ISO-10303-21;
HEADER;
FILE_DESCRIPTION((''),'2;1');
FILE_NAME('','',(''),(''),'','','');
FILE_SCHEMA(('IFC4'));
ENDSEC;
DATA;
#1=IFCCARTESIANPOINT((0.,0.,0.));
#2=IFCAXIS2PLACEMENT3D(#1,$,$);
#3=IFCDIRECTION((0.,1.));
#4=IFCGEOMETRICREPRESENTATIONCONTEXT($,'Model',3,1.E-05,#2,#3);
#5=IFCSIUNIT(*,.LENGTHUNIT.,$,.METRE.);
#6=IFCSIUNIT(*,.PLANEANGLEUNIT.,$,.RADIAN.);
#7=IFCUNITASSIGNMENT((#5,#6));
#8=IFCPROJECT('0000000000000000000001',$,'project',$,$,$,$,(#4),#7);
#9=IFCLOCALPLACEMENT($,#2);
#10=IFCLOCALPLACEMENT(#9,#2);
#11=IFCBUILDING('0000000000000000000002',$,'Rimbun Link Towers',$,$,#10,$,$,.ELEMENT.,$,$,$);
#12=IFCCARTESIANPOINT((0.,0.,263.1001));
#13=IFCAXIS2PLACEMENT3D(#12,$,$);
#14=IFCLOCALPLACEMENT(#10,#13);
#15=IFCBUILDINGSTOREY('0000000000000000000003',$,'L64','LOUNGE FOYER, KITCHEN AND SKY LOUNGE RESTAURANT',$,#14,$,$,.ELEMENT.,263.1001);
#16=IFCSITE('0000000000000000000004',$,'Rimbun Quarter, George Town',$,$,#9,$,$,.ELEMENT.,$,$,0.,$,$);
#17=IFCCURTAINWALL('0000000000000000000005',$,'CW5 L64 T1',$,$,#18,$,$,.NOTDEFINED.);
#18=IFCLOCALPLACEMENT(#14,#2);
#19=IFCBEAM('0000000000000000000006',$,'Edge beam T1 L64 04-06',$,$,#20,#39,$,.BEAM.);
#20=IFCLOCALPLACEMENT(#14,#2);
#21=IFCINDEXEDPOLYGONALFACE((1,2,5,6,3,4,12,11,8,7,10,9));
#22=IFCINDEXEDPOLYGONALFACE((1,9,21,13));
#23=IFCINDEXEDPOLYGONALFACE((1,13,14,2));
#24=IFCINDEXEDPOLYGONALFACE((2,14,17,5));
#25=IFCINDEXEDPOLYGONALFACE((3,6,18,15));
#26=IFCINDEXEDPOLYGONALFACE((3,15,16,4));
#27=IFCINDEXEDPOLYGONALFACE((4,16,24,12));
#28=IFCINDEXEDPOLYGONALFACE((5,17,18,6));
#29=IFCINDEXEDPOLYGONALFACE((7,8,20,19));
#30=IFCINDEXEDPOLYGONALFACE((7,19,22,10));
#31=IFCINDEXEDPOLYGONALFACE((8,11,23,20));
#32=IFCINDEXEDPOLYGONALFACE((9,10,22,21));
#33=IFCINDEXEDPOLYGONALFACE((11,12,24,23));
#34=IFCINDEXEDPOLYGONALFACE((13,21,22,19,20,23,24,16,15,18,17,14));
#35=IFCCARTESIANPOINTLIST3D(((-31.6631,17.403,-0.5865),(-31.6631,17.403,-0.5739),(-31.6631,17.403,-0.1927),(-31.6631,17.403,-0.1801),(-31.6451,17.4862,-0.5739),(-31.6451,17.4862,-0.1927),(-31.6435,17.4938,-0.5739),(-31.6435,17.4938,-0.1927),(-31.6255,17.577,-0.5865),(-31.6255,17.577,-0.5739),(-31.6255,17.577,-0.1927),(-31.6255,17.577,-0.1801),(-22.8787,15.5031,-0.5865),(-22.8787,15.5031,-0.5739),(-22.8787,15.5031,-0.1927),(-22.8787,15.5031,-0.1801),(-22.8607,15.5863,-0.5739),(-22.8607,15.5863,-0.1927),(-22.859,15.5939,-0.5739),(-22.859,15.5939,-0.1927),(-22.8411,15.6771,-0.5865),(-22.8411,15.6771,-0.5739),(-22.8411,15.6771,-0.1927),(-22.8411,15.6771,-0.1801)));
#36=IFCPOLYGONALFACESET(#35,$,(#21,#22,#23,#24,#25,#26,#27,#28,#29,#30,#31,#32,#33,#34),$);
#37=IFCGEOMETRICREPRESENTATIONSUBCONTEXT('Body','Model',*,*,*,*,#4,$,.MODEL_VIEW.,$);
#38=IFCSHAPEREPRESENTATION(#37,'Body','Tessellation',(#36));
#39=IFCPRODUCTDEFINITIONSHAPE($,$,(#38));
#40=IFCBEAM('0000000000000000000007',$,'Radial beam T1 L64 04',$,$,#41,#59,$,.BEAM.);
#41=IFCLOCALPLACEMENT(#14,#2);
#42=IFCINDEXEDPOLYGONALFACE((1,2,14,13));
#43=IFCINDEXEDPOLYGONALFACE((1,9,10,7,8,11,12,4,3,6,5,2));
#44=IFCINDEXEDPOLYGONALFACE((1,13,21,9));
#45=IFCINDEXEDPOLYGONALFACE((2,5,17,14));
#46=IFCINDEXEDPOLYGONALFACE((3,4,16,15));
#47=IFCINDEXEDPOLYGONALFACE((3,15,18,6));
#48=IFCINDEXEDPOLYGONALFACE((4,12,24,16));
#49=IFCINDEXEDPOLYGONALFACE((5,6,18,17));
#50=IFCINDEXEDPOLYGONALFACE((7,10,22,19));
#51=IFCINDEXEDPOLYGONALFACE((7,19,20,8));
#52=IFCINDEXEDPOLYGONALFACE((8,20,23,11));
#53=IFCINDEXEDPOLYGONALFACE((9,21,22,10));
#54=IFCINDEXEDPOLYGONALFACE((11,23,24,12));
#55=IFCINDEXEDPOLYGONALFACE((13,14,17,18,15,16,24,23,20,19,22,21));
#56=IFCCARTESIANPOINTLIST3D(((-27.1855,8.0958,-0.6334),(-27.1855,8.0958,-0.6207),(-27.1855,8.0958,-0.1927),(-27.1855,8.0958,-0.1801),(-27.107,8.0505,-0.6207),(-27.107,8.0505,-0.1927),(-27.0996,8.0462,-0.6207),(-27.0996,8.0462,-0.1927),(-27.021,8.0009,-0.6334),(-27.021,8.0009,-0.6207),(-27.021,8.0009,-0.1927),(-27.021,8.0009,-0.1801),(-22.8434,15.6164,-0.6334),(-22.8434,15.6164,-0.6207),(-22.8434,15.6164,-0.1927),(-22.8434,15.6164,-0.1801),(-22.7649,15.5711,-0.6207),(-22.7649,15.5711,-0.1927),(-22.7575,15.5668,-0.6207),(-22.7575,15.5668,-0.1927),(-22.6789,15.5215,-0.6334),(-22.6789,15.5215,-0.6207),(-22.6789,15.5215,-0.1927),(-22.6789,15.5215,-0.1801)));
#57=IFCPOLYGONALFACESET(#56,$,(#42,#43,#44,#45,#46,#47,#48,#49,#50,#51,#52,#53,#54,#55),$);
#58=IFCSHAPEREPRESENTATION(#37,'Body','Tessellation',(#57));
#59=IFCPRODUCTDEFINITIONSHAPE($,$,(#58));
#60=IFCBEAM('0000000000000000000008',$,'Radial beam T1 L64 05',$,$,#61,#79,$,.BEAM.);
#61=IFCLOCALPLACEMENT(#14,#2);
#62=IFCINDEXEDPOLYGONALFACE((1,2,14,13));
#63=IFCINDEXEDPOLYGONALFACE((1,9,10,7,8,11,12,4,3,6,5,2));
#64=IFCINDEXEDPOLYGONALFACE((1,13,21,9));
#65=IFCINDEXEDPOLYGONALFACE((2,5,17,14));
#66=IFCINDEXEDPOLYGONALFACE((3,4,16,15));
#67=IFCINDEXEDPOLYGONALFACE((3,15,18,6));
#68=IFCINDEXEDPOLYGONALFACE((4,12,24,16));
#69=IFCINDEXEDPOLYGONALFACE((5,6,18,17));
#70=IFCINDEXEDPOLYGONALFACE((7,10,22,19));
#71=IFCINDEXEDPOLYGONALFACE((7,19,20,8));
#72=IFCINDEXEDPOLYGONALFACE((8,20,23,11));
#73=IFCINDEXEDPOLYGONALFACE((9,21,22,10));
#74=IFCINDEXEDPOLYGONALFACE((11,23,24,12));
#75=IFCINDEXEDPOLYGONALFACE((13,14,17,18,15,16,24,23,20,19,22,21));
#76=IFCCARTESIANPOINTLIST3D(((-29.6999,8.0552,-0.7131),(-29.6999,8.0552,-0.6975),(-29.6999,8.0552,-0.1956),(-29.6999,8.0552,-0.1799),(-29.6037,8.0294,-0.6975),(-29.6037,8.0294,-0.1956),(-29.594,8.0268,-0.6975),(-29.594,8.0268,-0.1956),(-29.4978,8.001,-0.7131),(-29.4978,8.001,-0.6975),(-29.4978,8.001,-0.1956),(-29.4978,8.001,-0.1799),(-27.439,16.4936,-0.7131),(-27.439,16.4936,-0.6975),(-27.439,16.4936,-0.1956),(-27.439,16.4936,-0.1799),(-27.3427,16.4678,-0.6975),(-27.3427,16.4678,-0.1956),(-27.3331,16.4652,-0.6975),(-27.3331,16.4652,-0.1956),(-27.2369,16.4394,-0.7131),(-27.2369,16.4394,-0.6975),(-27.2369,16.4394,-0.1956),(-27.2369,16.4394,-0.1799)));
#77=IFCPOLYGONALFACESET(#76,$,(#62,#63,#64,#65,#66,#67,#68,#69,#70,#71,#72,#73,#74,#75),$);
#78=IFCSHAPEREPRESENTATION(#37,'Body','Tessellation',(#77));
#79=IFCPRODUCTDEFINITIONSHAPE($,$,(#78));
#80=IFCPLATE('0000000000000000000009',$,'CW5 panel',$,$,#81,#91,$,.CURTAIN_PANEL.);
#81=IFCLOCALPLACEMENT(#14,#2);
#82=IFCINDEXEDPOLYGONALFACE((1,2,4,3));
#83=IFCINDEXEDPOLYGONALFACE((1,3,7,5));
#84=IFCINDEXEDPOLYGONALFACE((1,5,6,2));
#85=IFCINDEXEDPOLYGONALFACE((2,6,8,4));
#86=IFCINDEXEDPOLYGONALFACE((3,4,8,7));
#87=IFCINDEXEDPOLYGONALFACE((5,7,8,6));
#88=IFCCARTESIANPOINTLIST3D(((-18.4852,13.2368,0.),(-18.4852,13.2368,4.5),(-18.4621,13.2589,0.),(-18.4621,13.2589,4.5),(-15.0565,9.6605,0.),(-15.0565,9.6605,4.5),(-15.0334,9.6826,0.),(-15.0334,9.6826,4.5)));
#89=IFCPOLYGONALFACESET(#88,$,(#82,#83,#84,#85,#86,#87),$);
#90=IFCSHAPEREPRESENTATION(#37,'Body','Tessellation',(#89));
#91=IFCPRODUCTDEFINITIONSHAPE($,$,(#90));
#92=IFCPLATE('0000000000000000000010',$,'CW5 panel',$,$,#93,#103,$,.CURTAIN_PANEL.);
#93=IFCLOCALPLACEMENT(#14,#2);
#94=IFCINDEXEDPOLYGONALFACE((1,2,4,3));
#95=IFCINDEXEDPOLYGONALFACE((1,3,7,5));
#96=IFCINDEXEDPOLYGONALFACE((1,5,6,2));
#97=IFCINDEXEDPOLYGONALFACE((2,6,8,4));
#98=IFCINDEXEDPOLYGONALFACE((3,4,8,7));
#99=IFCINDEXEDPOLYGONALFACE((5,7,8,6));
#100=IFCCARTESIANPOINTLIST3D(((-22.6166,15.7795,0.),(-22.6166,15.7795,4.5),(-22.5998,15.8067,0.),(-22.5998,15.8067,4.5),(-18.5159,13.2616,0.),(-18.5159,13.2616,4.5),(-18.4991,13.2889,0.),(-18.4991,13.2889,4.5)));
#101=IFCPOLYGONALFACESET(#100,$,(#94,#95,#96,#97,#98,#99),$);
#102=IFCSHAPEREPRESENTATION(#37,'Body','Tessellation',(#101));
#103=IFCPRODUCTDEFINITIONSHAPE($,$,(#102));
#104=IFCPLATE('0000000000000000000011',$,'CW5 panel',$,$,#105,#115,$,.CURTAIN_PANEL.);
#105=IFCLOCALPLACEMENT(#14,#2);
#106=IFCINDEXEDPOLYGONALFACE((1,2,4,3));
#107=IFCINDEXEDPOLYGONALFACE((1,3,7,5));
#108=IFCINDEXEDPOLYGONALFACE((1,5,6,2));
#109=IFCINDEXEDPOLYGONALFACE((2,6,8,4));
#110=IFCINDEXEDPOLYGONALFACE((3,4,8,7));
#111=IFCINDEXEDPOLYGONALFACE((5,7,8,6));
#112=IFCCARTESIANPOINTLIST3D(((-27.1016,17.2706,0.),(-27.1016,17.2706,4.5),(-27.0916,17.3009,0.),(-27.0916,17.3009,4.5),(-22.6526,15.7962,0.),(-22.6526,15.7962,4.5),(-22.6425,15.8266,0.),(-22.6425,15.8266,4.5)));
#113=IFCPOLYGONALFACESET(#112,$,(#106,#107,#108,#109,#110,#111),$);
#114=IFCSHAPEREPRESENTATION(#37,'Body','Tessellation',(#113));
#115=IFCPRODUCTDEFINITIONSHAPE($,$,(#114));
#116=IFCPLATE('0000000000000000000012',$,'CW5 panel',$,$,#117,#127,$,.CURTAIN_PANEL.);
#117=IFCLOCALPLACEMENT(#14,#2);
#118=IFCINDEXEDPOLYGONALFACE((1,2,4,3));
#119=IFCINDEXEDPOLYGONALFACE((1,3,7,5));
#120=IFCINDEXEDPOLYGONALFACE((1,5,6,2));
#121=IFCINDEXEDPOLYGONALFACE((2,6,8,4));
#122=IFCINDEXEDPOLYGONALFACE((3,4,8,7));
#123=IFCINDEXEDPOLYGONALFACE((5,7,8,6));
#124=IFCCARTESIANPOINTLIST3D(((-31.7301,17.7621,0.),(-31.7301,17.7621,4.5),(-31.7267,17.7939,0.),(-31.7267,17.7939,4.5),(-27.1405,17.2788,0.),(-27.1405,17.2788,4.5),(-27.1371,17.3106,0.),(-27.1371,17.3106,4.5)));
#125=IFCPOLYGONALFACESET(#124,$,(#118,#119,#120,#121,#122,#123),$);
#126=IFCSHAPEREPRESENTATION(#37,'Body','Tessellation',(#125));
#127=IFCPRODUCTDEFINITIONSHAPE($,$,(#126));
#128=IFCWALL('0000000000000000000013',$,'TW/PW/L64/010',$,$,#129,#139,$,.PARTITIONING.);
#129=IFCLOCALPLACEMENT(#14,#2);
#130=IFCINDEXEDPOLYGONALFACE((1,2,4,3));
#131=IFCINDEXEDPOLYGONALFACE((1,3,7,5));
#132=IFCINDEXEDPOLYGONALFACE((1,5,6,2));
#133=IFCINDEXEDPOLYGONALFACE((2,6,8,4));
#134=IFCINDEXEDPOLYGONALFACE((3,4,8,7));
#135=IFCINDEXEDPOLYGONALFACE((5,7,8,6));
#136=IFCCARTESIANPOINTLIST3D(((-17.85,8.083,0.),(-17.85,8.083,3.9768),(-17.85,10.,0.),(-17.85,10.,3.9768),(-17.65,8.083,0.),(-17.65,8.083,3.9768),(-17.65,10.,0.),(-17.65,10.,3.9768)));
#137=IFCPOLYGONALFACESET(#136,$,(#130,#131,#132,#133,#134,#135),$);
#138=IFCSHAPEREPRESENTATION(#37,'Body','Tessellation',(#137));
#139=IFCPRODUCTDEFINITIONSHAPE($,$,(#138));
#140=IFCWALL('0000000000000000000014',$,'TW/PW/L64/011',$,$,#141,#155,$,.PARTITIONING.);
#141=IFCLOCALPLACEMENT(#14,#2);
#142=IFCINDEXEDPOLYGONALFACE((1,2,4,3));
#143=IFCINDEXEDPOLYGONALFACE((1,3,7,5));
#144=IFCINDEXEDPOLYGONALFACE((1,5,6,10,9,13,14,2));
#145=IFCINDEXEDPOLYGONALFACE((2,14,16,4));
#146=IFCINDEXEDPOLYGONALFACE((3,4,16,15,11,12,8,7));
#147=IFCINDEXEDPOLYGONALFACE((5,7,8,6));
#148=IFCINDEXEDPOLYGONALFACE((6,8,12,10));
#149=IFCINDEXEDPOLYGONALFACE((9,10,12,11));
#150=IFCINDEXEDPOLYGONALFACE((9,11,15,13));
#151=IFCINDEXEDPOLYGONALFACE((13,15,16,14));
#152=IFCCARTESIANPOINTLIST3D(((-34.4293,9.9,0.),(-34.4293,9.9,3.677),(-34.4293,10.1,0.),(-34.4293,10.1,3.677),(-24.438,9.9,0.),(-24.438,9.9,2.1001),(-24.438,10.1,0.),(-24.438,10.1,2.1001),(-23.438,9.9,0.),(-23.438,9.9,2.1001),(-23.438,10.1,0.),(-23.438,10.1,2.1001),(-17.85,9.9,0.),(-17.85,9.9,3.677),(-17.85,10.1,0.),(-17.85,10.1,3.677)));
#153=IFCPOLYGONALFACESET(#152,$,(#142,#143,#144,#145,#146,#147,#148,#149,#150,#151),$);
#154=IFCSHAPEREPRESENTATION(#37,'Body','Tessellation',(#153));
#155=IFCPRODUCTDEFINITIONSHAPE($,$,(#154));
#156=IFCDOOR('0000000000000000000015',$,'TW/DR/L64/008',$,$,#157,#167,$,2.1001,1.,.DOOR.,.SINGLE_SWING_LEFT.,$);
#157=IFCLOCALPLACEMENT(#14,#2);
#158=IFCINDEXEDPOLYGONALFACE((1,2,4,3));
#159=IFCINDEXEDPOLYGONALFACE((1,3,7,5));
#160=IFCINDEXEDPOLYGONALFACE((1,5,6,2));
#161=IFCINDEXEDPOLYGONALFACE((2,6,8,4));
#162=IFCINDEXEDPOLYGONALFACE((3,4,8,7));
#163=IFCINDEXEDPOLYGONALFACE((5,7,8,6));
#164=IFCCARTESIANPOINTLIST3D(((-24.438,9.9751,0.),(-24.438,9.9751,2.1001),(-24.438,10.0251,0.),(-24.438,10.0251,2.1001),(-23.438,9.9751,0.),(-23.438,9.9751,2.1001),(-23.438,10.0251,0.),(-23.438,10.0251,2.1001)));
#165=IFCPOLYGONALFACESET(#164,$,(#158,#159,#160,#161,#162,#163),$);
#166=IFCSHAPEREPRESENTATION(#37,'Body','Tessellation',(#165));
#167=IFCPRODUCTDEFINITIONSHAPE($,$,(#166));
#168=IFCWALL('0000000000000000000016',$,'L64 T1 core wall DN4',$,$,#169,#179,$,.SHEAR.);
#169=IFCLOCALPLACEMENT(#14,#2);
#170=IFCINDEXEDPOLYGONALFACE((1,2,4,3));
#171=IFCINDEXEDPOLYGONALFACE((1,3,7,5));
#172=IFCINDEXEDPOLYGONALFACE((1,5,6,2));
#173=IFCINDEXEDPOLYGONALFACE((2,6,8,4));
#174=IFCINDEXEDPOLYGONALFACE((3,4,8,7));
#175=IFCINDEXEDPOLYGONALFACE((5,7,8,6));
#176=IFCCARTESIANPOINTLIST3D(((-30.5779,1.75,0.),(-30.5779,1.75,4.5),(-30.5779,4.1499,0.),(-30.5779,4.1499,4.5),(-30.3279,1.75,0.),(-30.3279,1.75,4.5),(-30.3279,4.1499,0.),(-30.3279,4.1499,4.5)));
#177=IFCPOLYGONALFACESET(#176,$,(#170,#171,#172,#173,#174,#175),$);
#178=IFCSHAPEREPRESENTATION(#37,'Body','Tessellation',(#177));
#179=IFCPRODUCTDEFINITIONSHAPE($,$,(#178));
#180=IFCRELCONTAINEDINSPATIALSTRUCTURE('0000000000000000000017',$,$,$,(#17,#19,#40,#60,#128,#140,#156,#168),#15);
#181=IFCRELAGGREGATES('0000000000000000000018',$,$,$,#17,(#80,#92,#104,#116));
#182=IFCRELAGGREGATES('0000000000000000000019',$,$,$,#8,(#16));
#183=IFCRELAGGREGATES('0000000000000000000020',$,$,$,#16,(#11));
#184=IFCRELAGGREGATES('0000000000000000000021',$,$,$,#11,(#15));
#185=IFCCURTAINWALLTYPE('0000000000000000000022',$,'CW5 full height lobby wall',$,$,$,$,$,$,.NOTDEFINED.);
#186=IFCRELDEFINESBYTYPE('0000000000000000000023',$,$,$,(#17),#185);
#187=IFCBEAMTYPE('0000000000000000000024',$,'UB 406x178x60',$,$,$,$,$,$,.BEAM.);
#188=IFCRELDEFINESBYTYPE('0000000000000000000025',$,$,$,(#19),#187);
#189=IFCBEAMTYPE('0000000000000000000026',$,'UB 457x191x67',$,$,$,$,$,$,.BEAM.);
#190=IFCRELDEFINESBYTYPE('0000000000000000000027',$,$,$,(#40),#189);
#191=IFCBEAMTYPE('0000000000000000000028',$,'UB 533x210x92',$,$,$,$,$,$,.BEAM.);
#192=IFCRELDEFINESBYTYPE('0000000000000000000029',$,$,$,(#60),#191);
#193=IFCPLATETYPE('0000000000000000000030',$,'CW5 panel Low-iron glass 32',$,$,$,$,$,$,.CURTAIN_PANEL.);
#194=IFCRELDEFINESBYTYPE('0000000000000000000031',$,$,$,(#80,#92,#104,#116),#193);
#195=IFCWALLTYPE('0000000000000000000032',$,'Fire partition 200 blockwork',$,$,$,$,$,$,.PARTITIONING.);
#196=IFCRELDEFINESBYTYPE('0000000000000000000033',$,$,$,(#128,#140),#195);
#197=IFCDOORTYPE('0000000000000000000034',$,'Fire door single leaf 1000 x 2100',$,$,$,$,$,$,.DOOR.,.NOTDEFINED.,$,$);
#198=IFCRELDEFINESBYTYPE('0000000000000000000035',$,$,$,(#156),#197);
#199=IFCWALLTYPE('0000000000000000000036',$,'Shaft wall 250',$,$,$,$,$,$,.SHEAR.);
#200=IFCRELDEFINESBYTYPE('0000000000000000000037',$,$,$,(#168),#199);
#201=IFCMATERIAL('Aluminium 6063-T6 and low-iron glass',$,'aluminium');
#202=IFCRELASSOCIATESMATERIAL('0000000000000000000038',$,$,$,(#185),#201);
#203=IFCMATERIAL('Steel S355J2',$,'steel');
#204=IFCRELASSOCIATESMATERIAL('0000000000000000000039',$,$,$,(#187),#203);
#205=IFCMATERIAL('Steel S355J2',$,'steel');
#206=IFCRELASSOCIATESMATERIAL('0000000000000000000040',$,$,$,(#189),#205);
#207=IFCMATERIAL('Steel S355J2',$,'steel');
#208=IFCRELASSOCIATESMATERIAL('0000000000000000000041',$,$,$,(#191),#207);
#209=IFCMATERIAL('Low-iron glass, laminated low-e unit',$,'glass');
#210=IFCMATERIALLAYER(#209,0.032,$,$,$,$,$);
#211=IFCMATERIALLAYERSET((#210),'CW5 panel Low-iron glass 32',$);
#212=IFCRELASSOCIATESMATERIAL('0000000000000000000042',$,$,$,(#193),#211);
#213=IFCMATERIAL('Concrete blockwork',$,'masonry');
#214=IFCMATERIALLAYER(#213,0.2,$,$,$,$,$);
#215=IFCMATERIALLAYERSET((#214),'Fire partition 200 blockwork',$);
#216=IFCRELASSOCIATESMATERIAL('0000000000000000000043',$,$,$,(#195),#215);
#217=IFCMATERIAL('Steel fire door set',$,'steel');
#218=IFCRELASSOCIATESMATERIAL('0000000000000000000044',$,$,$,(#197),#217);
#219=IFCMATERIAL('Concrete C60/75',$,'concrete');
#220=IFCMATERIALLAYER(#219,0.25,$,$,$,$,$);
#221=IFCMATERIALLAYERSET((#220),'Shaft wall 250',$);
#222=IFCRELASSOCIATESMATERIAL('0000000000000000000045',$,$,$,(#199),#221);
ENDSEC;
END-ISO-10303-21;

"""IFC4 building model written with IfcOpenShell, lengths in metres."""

from ifc_helpers import new_model, si_unit, direction, frame, frame_2d, origin, origin_2d, place, context, subcontext, project, spatial, rectangle, i_section, extrude, material, layer, layer_set, material_profile, profile_set, type_object, element, fill, aggregate, save


model = new_model("IFC4")

# Units and contexts
model_context = context("Model", 3, precision=1e-05, world=origin(), true_north=direction((0.0, 1.0)))
body_context = subcontext(model_context, "Body", "Model", "MODEL_VIEW")
ifc_project = project(units=[si_unit("LENGTHUNIT", "METRE"), si_unit("PLANEANGLEUNIT", "RADIAN")], contexts=[model_context])

# Site, building, storey
site_placement = place(None, origin())
site = spatial("IfcSite", under=ifc_project, at=site_placement, Name="Rimbun Quarter, George Town", CompositionType="ELEMENT", RefElevation=0.0)
building_placement = place(site_placement, origin())
building = spatial("IfcBuilding", under=site, at=building_placement, Name="Rimbun Link Towers", CompositionType="ELEMENT")
storey_placement = place(building_placement, frame((0.0, 0.0, 263.1001)))
storey = spatial("IfcBuildingStorey", under=building, at=storey_placement, Name="L64", Description="LOUNGE FOYER, KITCHEN AND SKY LOUNGE RESTAURANT", CompositionType="ELEMENT", Elevation=263.1001)

# Curtain wall
ifc_material_1 = material(Name="Aluminium 6063-T6 and low-iron glass", Category="aluminium")
curtain_wall_type = type_object("IfcCurtainWallType", Name="CW5 full height lobby wall", PredefinedType="NOTDEFINED", material=ifc_material_1)
curtain_wall_placement = place(storey_placement, origin())
curtain_wall = element("IfcCurtainWall", 1, at=curtain_wall_placement, inside=storey, type_object=curtain_wall_type, Name="CW5 L64 T1", PredefinedType="NOTDEFINED")

# Beams
ifc_material_2 = material(Name="Steel S355J2", Category="steel")
ifc_material_profile_1 = material_profile(ifc_material_2, i_section(OverallWidth=0.178, OverallDepth=0.4065, WebThickness=0.0078, FlangeThickness=0.0127, at=origin_2d()), Name="UB 406x178x60")
ifc_profile_set_1 = profile_set([ifc_material_profile_1], Name="Steel S355J2")
beam_type_1 = type_object("IfcBeamType", Name="UB 406x178x60", PredefinedType="BEAM", material=ifc_profile_set_1)
beam_1_placement = place(storey_placement, frame((-22.8599, 15.5901, -0.3833), z_axis=(-0.977401, 0.211393, 0.0), x_axis=(-0.211393, -0.977401, 0.0)))
element("IfcBeam", 2, at=beam_1_placement, inside=storey, type_object=beam_type_1, Name="Edge beam T1 L64 04-06", PredefinedType="BEAM", context=body_context, shape_type="SweptSolid", body=[
    extrude(i_section(OverallWidth=0.178, OverallDepth=0.4065, WebThickness=0.0078, FlangeThickness=0.0127, at=origin_2d()), origin(), (0.0, 0.0, 1.0), 8.9875),
])
ifc_material_3 = material(Name="Steel S355J2", Category="steel")
ifc_material_profile_2 = material_profile(ifc_material_3, i_section(OverallWidth=0.1899, OverallDepth=0.4534, WebThickness=0.0085, FlangeThickness=0.0127, at=origin_2d()), Name="UB 457x191x67")
ifc_profile_set_2 = profile_set([ifc_material_profile_2], Name="Steel S355J2")
beam_type_2 = type_object("IfcBeamType", Name="UB 457x191x67", PredefinedType="BEAM", material=ifc_profile_set_2)
beam_2_placement = place(storey_placement, frame((-27.1033, 8.0483, -0.4067), z_axis=(0.500006, 0.866022, 0.0), x_axis=(-0.866022, 0.500006, 0.0)))
element("IfcBeam", 3, at=beam_2_placement, inside=storey, type_object=beam_type_2, Name="Radial beam T1 L64 04", PredefinedType="BEAM", context=body_context, shape_type="SweptSolid", body=[
    extrude(i_section(OverallWidth=0.1899, OverallDepth=0.4534, WebThickness=0.0085, FlangeThickness=0.0127, at=origin_2d()), origin(), (0.0, 0.0, 1.0), 8.6841),
])
ifc_material_4 = material(Name="Steel S355J2", Category="steel")
ifc_material_profile_3 = material_profile(ifc_material_4, i_section(OverallWidth=0.2092, OverallDepth=0.5332, WebThickness=0.01, FlangeThickness=0.0156, at=origin_2d()), Name="UB 533x210x92")
ifc_profile_set_3 = profile_set([ifc_material_profile_3], Name="Steel S355J2")
beam_type_3 = type_object("IfcBeamType", Name="UB 533x210x92", PredefinedType="BEAM", material=ifc_profile_set_3)
beam_3_placement = place(storey_placement, frame((-29.5989, 8.0281, -0.4465), z_axis=(0.258809, 0.965929, 0.0), x_axis=(-0.965929, 0.258809, 0.0)))
element("IfcBeam", 4, at=beam_3_placement, inside=storey, type_object=beam_type_3, Name="Radial beam T1 L64 05", PredefinedType="BEAM", context=body_context, shape_type="SweptSolid", body=[
    extrude(i_section(OverallWidth=0.2092, OverallDepth=0.5332, WebThickness=0.01, FlangeThickness=0.0156, at=origin_2d()), origin(), (0.0, 0.0, 1.0), 8.7361),
])

# Plates
ifc_material_5 = material(Name="Low-iron glass, laminated low-e unit", Category="glass")
ifc_layer_1 = layer(ifc_material_5, 0.032)
ifc_layer_set_1 = layer_set([ifc_layer_1], Name="CW5 panel Low-iron glass 32")
plate_type = type_object("IfcPlateType", Name="CW5 panel Low-iron glass 32", PredefinedType="CURTAIN_PANEL", material=ifc_layer_set_1)
plate_1_placement = place(storey_placement, frame((-16.7593, 11.4597, 0.0), z_axis=(0.0, 0.0, 1.0), x_axis=(0.692053, -0.721847, 0.0)))
plate_1 = element("IfcPlate", 5, at=plate_1_placement, type_object=plate_type, Name="CW5 panel", PredefinedType="CURTAIN_PANEL", context=body_context, shape_type="SweptSolid", body=[
    extrude(rectangle(XDim=4.9543, YDim=0.032, at=origin_2d()), origin(), (0.0, 0.0, 1.0), 4.5),
])
plate_2_placement = place(storey_placement, frame((-20.5579, 14.5342, 0.0), z_axis=(0.0, 0.0, 1.0), x_axis=(0.852182, -0.523246, 0.0)))
plate_2 = element("IfcPlate", 6, at=plate_2_placement, type_object=plate_type, Name="CW5 panel", PredefinedType="CURTAIN_PANEL", context=body_context, shape_type="SweptSolid", body=[
    extrude(rectangle(XDim=4.812, YDim=0.032, at=origin_2d()), origin(), (0.0, 0.0, 1.0), 4.5),
])
plate_3_placement = place(storey_placement, frame((-24.8721, 16.5486, 0.0), z_axis=(0.0, 0.0, 1.0), x_axis=(0.949238, -0.314558, 0.0)))
plate_3 = element("IfcPlate", 7, at=plate_3_placement, type_object=plate_type, Name="CW5 panel", PredefinedType="CURTAIN_PANEL", context=body_context, shape_type="SweptSolid", body=[
    extrude(rectangle(XDim=4.687, YDim=0.032, at=origin_2d()), origin(), (0.0, 0.0, 1.0), 4.5),
])
plate_4_placement = place(storey_placement, frame((-29.4336, 17.5364, 0.0), z_axis=(0.0, 0.0, 1.0), x_axis=(0.994501, -0.104728, 0.0)))
plate_4 = element("IfcPlate", 8, at=plate_4_placement, type_object=plate_type, Name="CW5 panel", PredefinedType="CURTAIN_PANEL", context=body_context, shape_type="SweptSolid", body=[
    extrude(rectangle(XDim=4.615, YDim=0.032, at=origin_2d()), origin(), (0.0, 0.0, 1.0), 4.5),
])
aggregate(curtain_wall, [plate_1, plate_2, plate_3, plate_4])

# Wall
ifc_material_6 = material(Name="Concrete blockwork", Category="masonry")
ifc_layer_2 = layer(ifc_material_6, 0.2)
ifc_layer_set_2 = layer_set([ifc_layer_2], Name="Fire partition 200 blockwork")
wall_type_1 = type_object("IfcWallType", Name="Fire partition 200 blockwork", PredefinedType="PARTITIONING", material=ifc_layer_set_2)
wall_1_placement = place(storey_placement, frame((-17.75, 8.083, 0.0), z_axis=(0.0, 0.0, 1.0), x_axis=(0.0, 1.0, 0.0)))
element("IfcWall", 9, at=wall_1_placement, inside=storey, type_object=wall_type_1, Name="TW/PW/L64/010", PredefinedType="PARTITIONING", context=body_context, shape_type="SweptSolid", body=[
    extrude(rectangle(XDim=1.917, YDim=0.2, at=frame_2d((0.9585, 0.0))), origin(), (0.0, 0.0, 1.0), 3.9768),
])

# Wall, opening, door
wall_2_placement = place(storey_placement, frame((-17.8501, 10.0, 0.0), z_axis=(0.0, 0.0, 1.0), x_axis=(-1.0, 0.0, 0.0)))
wall_2 = element("IfcWall", 10, at=wall_2_placement, inside=storey, type_object=wall_type_1, Name="TW/PW/L64/011", PredefinedType="PARTITIONING", context=body_context, shape_type="SweptSolid", body=[
    extrude(rectangle(XDim=16.5793, YDim=0.2, at=frame_2d((8.2896, 0.0))), origin(), (0.0, 0.0, 1.0), 3.677),
])
opening_1_placement = place(wall_2_placement, frame((5.5879, 0.0, 0.0)))
opening_1 = element("IfcOpeningElement", 11, at=opening_1_placement, cuts=wall_2, PredefinedType="OPENING", context=body_context, shape_type="SweptSolid", body=[
    extrude(rectangle(XDim=1.0, YDim=2.1001, at=frame_2d((0.5, 1.05))), frame((0.0, 0.1099, 0.0), z_axis=(0.0, -1.0, 0.0), x_axis=(1.0, 0.0, 0.0)), (0.0, 0.0, 1.0), 0.22),
])
ifc_material_7 = material(Name="Steel fire door set", Category="steel")
door_type_1 = type_object("IfcDoorType", Name="Fire door single leaf 1000 x 2100", OperationType="NOTDEFINED", PredefinedType="DOOR", material=ifc_material_7)
door_1_placement = place(opening_1_placement, origin())
door_1 = element("IfcDoor", 12, at=door_1_placement, inside=storey, type_object=door_type_1, Name="TW/DR/L64/008", OperationType="SINGLE_SWING_LEFT", OverallHeight=2.1001, OverallWidth=1.0, PredefinedType="DOOR", context=body_context, shape_type="SweptSolid", body=[
    extrude(rectangle(XDim=1.0, YDim=2.1001, at=frame_2d((0.5, 1.05))), frame((0.0, 0.0249, 0.0), z_axis=(0.0, -1.0, 0.0), x_axis=(1.0, 0.0, 0.0)), (0.0, 0.0, 1.0), 0.05),
])
fill(opening_1, door_1)

# Wall
ifc_material_8 = material(Name="Concrete C60/75", Category="concrete")
ifc_layer_3 = layer(ifc_material_8, 0.25)
ifc_layer_set_3 = layer_set([ifc_layer_3], Name="Shaft wall 250")
wall_type_2 = type_object("IfcWallType", Name="Shaft wall 250", PredefinedType="SHEAR", material=ifc_layer_set_3)
for number, where, z_axis, x_axis, name in (
    (13, (-30.4529, 1.75, 0.0), (0.0, 0.0, 1.0), (0.0, 1.0, 0.0), "L64 T1 core wall DN4"),
):
    element("IfcWall", number, at=place(storey_placement, frame(where, z_axis=z_axis, x_axis=x_axis)), inside=storey, type_object=wall_type_2, Name=name, PredefinedType="SHEAR", context=body_context, shape_type="SweptSolid", body=[
        extrude(rectangle(XDim=2.3999, YDim=0.25, at=frame_2d((1.2, 0.0))), origin(), (0.0, 0.0, 1.0), 4.5),
    ])

save(model, "model.ifc")
